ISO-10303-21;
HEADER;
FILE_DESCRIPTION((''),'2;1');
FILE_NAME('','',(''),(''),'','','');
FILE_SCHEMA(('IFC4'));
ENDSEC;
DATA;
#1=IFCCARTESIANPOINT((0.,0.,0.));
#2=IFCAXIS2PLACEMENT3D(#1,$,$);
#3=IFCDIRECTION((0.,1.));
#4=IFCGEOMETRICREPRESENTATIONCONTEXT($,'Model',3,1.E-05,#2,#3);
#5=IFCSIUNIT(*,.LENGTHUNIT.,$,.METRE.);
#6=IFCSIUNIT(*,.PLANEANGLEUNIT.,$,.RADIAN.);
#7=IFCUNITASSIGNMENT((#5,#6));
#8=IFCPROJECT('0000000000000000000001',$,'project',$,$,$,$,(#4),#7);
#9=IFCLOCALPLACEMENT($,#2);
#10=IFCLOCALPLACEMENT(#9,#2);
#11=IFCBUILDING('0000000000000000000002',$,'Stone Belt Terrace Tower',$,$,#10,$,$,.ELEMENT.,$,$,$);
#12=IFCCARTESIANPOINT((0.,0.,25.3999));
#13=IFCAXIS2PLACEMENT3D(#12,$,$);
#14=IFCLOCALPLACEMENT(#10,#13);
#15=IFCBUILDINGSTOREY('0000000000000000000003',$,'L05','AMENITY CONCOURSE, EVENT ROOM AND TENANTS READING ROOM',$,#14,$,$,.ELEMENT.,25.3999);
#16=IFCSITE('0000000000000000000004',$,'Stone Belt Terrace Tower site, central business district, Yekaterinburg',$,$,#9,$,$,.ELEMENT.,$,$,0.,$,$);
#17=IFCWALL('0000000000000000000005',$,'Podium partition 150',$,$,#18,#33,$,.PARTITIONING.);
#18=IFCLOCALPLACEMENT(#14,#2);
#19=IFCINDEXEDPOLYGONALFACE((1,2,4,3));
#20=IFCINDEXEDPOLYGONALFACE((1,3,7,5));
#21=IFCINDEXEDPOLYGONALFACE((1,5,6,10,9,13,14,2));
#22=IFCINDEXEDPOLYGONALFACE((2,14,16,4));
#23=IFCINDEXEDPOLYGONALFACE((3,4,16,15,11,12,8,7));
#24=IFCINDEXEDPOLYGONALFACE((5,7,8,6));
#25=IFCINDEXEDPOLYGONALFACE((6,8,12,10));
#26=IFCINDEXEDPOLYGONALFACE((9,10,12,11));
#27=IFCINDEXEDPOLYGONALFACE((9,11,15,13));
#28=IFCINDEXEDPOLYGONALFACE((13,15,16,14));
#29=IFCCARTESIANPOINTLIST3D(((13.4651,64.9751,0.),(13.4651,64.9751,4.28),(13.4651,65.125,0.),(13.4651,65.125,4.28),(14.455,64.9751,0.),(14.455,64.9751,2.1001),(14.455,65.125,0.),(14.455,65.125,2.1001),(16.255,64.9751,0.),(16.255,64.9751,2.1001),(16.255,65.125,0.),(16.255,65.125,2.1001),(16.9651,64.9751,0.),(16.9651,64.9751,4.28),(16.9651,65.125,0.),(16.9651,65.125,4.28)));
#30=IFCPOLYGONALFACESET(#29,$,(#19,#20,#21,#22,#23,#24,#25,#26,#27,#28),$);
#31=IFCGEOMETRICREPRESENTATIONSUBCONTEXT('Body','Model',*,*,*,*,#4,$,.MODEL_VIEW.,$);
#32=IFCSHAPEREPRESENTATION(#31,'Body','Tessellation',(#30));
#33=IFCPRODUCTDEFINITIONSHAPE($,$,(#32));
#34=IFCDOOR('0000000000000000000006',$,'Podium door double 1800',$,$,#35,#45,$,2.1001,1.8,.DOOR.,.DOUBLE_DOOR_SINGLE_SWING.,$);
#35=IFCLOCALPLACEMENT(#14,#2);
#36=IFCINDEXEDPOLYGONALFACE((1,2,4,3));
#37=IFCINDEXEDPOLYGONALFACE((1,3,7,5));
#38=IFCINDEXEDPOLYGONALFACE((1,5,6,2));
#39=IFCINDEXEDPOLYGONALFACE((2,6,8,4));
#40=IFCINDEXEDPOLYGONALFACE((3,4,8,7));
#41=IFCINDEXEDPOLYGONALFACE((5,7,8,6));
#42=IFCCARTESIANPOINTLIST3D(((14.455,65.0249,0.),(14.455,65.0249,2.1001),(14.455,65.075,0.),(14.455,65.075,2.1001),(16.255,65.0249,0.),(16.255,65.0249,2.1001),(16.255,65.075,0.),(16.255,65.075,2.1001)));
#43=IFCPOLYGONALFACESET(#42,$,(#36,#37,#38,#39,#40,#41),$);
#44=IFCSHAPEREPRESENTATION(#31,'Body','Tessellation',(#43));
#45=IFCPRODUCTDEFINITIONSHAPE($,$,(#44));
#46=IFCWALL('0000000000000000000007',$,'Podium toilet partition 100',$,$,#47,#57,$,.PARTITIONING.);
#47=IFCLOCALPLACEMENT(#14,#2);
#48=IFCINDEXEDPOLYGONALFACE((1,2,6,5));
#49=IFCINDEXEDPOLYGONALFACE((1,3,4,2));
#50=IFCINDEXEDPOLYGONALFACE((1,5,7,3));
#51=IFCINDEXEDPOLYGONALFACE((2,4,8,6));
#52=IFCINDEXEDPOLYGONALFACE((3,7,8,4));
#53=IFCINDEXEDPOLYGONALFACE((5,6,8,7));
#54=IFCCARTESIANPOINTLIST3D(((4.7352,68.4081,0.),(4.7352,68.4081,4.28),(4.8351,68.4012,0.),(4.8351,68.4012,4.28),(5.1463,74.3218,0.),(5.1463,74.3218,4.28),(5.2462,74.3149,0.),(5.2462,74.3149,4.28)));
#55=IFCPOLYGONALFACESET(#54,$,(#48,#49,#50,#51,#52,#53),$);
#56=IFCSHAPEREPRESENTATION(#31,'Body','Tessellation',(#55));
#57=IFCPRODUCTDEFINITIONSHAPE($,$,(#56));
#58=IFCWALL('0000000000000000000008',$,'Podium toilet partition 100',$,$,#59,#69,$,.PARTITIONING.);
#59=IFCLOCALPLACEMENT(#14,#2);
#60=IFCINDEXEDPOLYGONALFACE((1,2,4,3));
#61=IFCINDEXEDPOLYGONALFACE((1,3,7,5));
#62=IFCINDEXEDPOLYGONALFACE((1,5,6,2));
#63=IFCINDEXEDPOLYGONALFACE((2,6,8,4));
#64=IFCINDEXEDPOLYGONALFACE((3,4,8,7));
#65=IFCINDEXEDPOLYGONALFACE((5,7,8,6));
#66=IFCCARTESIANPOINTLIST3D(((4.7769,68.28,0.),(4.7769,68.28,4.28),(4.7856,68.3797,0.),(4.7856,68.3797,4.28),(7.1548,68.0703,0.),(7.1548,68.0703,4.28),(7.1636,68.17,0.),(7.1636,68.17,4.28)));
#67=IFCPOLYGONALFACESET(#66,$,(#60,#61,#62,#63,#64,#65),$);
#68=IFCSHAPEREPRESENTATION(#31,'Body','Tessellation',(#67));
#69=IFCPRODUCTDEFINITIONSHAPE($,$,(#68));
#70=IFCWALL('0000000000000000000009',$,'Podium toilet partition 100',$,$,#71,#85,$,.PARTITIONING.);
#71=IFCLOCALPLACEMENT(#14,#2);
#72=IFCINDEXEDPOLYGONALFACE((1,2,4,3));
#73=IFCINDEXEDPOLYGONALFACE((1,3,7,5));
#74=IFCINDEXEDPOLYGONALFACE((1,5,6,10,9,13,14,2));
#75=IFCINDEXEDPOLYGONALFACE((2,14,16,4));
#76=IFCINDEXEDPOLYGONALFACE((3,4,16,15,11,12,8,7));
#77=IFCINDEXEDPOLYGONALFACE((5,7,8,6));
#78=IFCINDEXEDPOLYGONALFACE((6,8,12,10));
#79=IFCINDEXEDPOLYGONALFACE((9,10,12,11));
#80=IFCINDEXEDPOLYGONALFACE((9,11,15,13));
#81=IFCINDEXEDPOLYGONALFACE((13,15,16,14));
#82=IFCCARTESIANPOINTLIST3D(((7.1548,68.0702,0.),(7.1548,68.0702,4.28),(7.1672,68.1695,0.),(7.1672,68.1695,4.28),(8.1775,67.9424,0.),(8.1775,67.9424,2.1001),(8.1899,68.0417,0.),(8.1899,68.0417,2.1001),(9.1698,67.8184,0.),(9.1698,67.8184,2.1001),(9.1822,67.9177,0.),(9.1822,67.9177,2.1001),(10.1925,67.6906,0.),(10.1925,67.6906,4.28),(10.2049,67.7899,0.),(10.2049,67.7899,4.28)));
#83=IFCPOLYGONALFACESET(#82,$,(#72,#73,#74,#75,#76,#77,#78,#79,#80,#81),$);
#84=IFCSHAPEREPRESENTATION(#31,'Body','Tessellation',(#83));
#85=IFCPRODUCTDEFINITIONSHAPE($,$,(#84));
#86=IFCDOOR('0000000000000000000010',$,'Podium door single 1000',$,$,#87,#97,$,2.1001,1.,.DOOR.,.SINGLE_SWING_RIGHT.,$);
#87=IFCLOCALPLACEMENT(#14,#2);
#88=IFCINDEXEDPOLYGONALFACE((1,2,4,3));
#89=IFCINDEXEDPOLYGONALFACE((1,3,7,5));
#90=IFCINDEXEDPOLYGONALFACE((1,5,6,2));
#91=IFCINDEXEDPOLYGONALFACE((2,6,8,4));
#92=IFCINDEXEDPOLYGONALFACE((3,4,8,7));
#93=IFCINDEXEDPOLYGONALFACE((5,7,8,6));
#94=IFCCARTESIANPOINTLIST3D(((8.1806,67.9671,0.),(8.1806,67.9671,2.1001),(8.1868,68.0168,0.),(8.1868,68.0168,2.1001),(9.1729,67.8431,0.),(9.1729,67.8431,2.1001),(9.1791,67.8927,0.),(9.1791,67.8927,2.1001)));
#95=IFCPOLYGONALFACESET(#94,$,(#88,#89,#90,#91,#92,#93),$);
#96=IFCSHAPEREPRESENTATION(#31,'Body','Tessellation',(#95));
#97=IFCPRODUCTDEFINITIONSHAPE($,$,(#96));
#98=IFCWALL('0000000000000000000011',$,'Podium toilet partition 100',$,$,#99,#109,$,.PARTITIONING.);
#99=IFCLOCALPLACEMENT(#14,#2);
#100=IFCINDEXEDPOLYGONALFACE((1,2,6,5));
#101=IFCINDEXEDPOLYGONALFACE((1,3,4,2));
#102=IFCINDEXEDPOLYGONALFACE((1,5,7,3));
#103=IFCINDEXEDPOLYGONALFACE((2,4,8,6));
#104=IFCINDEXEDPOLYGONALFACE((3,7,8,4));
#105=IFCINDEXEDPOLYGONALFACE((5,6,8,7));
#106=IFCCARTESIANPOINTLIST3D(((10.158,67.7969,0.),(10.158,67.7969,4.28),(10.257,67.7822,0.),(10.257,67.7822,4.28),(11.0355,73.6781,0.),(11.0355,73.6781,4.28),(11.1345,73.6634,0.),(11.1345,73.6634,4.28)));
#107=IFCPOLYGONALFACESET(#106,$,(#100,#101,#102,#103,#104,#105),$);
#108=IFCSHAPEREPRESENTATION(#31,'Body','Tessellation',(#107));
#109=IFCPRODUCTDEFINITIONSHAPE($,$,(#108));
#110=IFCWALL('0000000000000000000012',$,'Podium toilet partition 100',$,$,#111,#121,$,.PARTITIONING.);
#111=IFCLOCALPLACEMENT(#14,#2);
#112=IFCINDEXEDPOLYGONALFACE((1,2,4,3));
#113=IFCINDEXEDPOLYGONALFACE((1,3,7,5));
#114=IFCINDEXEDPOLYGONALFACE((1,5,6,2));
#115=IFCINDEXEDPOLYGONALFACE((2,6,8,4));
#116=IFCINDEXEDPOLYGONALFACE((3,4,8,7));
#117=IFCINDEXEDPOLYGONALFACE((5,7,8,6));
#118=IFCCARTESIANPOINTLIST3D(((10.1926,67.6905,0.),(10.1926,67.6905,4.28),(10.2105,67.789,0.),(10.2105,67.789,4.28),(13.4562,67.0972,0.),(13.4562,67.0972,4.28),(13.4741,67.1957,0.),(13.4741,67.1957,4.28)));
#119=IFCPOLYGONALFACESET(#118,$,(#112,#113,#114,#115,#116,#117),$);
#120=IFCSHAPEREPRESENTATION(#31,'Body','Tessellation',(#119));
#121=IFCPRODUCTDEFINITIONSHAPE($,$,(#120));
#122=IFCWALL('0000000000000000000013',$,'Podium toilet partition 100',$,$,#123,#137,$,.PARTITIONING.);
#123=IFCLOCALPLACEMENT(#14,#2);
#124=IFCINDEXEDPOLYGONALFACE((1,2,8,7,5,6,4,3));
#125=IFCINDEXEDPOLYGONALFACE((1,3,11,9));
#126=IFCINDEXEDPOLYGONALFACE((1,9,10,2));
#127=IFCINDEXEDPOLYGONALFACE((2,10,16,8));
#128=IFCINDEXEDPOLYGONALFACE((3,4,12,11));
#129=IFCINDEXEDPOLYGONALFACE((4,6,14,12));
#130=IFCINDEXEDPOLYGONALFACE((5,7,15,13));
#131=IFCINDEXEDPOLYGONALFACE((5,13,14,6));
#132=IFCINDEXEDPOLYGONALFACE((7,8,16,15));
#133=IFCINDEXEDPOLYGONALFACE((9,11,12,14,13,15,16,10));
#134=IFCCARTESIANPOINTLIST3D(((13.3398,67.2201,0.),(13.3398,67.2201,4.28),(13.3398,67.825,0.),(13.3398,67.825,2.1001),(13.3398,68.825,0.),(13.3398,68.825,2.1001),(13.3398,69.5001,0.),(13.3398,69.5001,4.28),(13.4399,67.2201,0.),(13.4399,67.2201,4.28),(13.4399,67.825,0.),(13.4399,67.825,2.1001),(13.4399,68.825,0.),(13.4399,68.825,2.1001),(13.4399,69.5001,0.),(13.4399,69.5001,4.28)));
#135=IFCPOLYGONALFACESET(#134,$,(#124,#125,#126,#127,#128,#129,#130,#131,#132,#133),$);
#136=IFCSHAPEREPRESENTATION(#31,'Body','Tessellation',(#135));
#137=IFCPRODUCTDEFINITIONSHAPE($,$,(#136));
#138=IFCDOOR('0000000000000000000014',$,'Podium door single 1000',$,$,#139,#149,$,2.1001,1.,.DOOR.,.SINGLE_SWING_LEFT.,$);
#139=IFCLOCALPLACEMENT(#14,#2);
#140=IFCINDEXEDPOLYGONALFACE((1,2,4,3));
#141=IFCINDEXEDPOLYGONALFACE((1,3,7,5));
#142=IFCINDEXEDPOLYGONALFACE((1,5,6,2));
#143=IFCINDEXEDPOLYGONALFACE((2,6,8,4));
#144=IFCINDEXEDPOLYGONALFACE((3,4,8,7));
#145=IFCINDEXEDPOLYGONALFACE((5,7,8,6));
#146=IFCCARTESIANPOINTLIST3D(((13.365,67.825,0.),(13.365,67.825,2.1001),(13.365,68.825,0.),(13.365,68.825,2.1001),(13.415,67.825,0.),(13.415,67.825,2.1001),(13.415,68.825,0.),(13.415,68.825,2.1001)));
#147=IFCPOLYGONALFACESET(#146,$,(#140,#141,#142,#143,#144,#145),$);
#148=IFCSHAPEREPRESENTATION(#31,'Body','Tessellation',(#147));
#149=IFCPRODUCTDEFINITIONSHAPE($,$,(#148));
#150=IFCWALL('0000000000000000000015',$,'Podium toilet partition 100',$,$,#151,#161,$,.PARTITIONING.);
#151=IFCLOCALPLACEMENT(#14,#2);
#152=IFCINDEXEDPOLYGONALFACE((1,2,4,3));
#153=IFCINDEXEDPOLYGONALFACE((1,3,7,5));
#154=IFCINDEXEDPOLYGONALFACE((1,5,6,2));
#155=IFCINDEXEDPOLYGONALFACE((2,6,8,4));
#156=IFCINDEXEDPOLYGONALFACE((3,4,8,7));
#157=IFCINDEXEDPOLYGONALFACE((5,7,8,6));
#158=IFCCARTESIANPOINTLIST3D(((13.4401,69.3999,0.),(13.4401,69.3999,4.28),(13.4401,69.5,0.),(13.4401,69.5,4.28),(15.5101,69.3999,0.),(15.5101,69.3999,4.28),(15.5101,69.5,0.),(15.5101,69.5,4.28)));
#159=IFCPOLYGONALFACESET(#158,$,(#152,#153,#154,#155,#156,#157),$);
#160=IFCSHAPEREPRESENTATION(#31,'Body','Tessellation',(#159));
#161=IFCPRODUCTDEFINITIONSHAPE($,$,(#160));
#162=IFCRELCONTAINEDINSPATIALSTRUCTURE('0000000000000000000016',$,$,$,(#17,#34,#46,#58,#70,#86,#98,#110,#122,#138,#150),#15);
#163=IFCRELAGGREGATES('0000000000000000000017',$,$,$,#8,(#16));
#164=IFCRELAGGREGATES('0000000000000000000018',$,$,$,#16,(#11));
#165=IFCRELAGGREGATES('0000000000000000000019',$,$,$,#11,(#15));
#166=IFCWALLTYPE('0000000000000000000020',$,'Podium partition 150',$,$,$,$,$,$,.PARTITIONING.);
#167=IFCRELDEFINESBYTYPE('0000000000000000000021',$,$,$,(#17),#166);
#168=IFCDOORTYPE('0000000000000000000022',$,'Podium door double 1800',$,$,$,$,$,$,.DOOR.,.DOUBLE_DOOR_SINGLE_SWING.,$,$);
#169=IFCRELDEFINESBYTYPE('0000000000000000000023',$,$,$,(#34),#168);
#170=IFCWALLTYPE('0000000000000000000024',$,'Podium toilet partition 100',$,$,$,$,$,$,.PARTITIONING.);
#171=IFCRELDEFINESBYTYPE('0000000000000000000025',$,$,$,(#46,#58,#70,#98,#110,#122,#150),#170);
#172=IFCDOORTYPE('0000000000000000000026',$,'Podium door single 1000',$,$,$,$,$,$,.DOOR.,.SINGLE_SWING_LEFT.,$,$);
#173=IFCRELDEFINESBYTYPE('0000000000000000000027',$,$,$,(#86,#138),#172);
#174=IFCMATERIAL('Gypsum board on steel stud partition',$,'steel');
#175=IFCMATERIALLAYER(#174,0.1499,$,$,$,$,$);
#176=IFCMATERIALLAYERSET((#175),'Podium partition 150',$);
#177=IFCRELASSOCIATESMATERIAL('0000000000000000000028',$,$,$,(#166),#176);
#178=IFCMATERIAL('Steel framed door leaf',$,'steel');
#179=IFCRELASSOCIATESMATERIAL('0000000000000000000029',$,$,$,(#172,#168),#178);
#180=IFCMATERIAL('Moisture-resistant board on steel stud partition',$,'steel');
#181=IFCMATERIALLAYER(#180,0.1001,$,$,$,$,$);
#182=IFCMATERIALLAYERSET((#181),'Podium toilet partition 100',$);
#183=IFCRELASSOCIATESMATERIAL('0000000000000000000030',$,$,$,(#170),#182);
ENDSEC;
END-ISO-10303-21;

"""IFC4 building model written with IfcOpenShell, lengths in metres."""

from ifc_helpers import new_model, si_unit, direction, frame, frame_2d, origin, place, context, subcontext, project, spatial, rectangle, extrude, material, layer, layer_set, type_object, element, fill, save


model = new_model("IFC4")

# Units and contexts
model_context = context("Model", 3, precision=1e-05, world=origin(), true_north=direction((0.0, 1.0)))
body_context = subcontext(model_context, "Body", "Model", "MODEL_VIEW")
ifc_project = project(units=[si_unit("LENGTHUNIT", "METRE"), si_unit("PLANEANGLEUNIT", "RADIAN")], contexts=[model_context])

# Site, building, storey
site_placement = place(None, origin())
site = spatial("IfcSite", under=ifc_project, at=site_placement, Name="Stone Belt Terrace Tower site, central business district, Yekaterinburg", CompositionType="ELEMENT", RefElevation=0.0)
building_placement = place(site_placement, origin())
building = spatial("IfcBuilding", under=site, at=building_placement, Name="Stone Belt Terrace Tower", CompositionType="ELEMENT")
storey_placement = place(building_placement, frame((0.0, 0.0, 25.3999)))
storey = spatial("IfcBuildingStorey", under=building, at=storey_placement, Name="L05", Description="AMENITY CONCOURSE, EVENT ROOM AND TENANTS READING ROOM", CompositionType="ELEMENT", Elevation=25.3999)

# Shared definitions
ifc_material_1 = material(Name="Gypsum board on steel stud partition", Category="steel")
ifc_layer_1 = layer(ifc_material_1, 0.1499)
ifc_layer_set_1 = layer_set([ifc_layer_1], Name="Podium partition 150")
wall_type_1 = type_object("IfcWallType", Name="Podium partition 150", PredefinedType="PARTITIONING", material=ifc_layer_set_1)

# Shared definitions
ifc_material_2 = material(Name="Steel framed door leaf", Category="steel")
door_type_1 = type_object("IfcDoorType", Name="Podium door single 1000", OperationType="SINGLE_SWING_LEFT", PredefinedType="DOOR", material=ifc_material_2)

# Wall, opening, door
wall_1_placement = place(storey_placement, frame((13.4651, 65.05, 0.0), z_axis=(0.0, 0.0, 1.0), x_axis=(1.0, 0.0, 0.0)))
wall_1 = element("IfcWall", 1, at=wall_1_placement, inside=storey, type_object=wall_type_1, Name="Podium partition 150", PredefinedType="PARTITIONING", context=body_context, shape_type="SweptSolid", body=[
    extrude(rectangle(XDim=3.5, YDim=0.1499, at=frame_2d((1.75, 0.0))), origin(), (0.0, 0.0, 1.0), 4.28),
])
opening_1_placement = place(wall_1_placement, frame((0.99, 0.0, 0.0)))
opening_1 = element("IfcOpeningElement", 2, at=opening_1_placement, cuts=wall_1, PredefinedType="OPENING", context=body_context, shape_type="SweptSolid", body=[
    extrude(rectangle(XDim=1.8, YDim=2.1001, at=frame_2d((0.8999, 1.05))), frame((0.0, 0.085, 0.0), z_axis=(0.0, -1.0, 0.0), x_axis=(1.0, 0.0, 0.0)), (0.0, 0.0, 1.0), 0.1699),
])
door_type_2 = type_object("IfcDoorType", Name="Podium door double 1800", OperationType="DOUBLE_DOOR_SINGLE_SWING", PredefinedType="DOOR", material=ifc_material_2)
door_1_placement = place(opening_1_placement, origin())
door_1 = element("IfcDoor", 3, at=door_1_placement, inside=storey, type_object=door_type_2, Name="Podium door double 1800", OperationType="DOUBLE_DOOR_SINGLE_SWING", OverallHeight=2.1001, OverallWidth=1.8, PredefinedType="DOOR", context=body_context, shape_type="SweptSolid", body=[
    extrude(rectangle(XDim=1.8, YDim=2.1001, at=frame_2d((0.8999, 1.05))), frame((0.0, 0.0249, 0.0), z_axis=(0.0, -1.0, 0.0), x_axis=(1.0, 0.0, 0.0)), (0.0, 0.0, 1.0), 0.05),
])
fill(opening_1, door_1)

# Walls
ifc_material_3 = material(Name="Moisture-resistant board on steel stud partition", Category="steel")
ifc_layer_2 = layer(ifc_material_3, 0.1001)
ifc_layer_set_2 = layer_set([ifc_layer_2], Name="Podium toilet partition 100")
wall_type_2 = type_object("IfcWallType", Name="Podium toilet partition 100", PredefinedType="PARTITIONING", material=ifc_layer_set_2)
wall_2_placement = place(storey_placement, frame((4.7852, 68.4048, 0.0), z_axis=(0.0, 0.0, 1.0), x_axis=(0.069353, 0.997592, 0.0)))
element("IfcWall", 4, at=wall_2_placement, inside=storey, type_object=wall_type_2, Name="Podium toilet partition 100", PredefinedType="PARTITIONING", context=body_context, shape_type="SweptSolid", body=[
    extrude(rectangle(XDim=5.928, YDim=0.1001, at=frame_2d((2.9639, 0.0))), origin(), (0.0, 0.0, 1.0), 4.28),
])
wall_3_placement = place(storey_placement, frame((4.7812, 68.3298, 0.0), z_axis=(0.0, 0.0, 1.0), x_axis=(0.996134, -0.087852, 0.0)))
element("IfcWall", 5, at=wall_3_placement, inside=storey, type_object=wall_type_2, Name="Podium toilet partition 100", PredefinedType="PARTITIONING", context=body_context, shape_type="SweptSolid", body=[
    extrude(rectangle(XDim=2.3872, YDim=0.1001, at=frame_2d((1.1936, 0.0))), origin(), (0.0, 0.0, 1.0), 4.28),
])

# Wall, opening, door
wall_4_placement = place(storey_placement, frame((7.1609, 68.1199, 0.0), z_axis=(0.0, 0.0, 1.0), x_axis=(0.99228, -0.124015, 0.0)))
wall_4 = element("IfcWall", 6, at=wall_4_placement, inside=storey, type_object=wall_type_2, Name="Podium toilet partition 100", PredefinedType="PARTITIONING", context=body_context, shape_type="SweptSolid", body=[
    extrude(rectangle(XDim=3.0613, YDim=0.1001, at=frame_2d((1.5308, 0.0))), origin(), (0.0, 0.0, 1.0), 4.28),
])
opening_2_placement = place(wall_4_placement, frame((1.0308, 0.0, 0.0)))
opening_2 = element("IfcOpeningElement", 7, at=opening_2_placement, cuts=wall_4, PredefinedType="OPENING", context=body_context, shape_type="SweptSolid", body=[
    extrude(rectangle(XDim=1.0, YDim=2.1001, at=frame_2d((0.5, 1.05))), frame((0.0, 0.0601, 0.0), z_axis=(0.0, -1.0, 0.0), x_axis=(1.0, 0.0, 0.0)), (0.0, 0.0, 1.0), 0.1201),
])
door_2_placement = place(opening_2_placement, origin())
door_2 = element("IfcDoor", 8, at=door_2_placement, inside=storey, type_object=door_type_1, Name="Podium door single 1000", OperationType="SINGLE_SWING_RIGHT", OverallHeight=2.1001, OverallWidth=1.0, PredefinedType="DOOR", context=body_context, shape_type="SweptSolid", body=[
    extrude(rectangle(XDim=1.0, YDim=2.1001, at=frame_2d((0.5, 1.05))), frame((0.0, 0.0249, 0.0), z_axis=(0.0, -1.0, 0.0), x_axis=(1.0, 0.0, 0.0)), (0.0, 0.0, 1.0), 0.05),
])
fill(opening_2, door_2)

# Walls
wall_5_placement = place(storey_placement, frame((10.2075, 67.7896, 0.0), z_axis=(0.0, 0.0, 1.0), x_axis=(0.147563, 0.989053, 0.0)))
element("IfcWall", 9, at=wall_5_placement, inside=storey, type_object=wall_type_2, Name="Podium toilet partition 100", PredefinedType="PARTITIONING", context=body_context, shape_type="SweptSolid", body=[
    extrude(rectangle(XDim=5.9463, YDim=0.1001, at=frame_2d((2.9731, 0.0))), origin(), (0.0, 0.0, 1.0), 4.28),
])
wall_6_placement = place(storey_placement, frame((10.2014, 67.7397, 0.0), z_axis=(0.0, 0.0, 1.0), x_axis=(0.983877, -0.178847, 0.0)))
element("IfcWall", 10, at=wall_6_placement, inside=storey, type_object=wall_type_2, Name="Podium toilet partition 100", PredefinedType="PARTITIONING", context=body_context, shape_type="SweptSolid", body=[
    extrude(rectangle(XDim=3.3171, YDim=0.1001, at=frame_2d((1.6587, 0.0))), origin(), (0.0, 0.0, 1.0), 4.28),
])

# Wall, opening, door
wall_7_placement = place(storey_placement, frame((13.3899, 67.22, 0.0), z_axis=(0.0, 0.0, 1.0), x_axis=(0.0, 1.0, 0.0)))
wall_7 = element("IfcWall", 11, at=wall_7_placement, inside=storey, type_object=wall_type_2, Name="Podium toilet partition 100", PredefinedType="PARTITIONING", context=body_context, shape_type="SweptSolid", body=[
    extrude(rectangle(XDim=2.28, YDim=0.1001, at=frame_2d((1.1401, 0.0))), origin(), (0.0, 0.0, 1.0), 4.28),
])
opening_3_placement = place(wall_7_placement, frame((0.605, 0.0, 0.0)))
opening_3 = element("IfcOpeningElement", 12, at=opening_3_placement, cuts=wall_7, PredefinedType="OPENING", context=body_context, shape_type="SweptSolid", body=[
    extrude(rectangle(XDim=1.0, YDim=2.1001, at=frame_2d((0.5, 1.05))), frame((0.0, 0.0601, 0.0), z_axis=(0.0, -1.0, 0.0), x_axis=(1.0, 0.0, 0.0)), (0.0, 0.0, 1.0), 0.1201),
])
door_3_placement = place(opening_3_placement, origin())
door_3 = element("IfcDoor", 13, at=door_3_placement, inside=storey, type_object=door_type_1, Name="Podium door single 1000", OperationType="SINGLE_SWING_LEFT", OverallHeight=2.1001, OverallWidth=1.0, PredefinedType="DOOR", context=body_context, shape_type="SweptSolid", body=[
    extrude(rectangle(XDim=1.0, YDim=2.1001, at=frame_2d((0.5, 1.05))), frame((0.0, 0.0249, 0.0), z_axis=(0.0, -1.0, 0.0), x_axis=(1.0, 0.0, 0.0)), (0.0, 0.0, 1.0), 0.05),
])
fill(opening_3, door_3)

# Wall
wall_8_placement = place(storey_placement, frame((13.4399, 69.45, 0.0), z_axis=(0.0, 0.0, 1.0), x_axis=(1.0, 0.0, 0.0)))
element("IfcWall", 14, at=wall_8_placement, inside=storey, type_object=wall_type_2, Name="Podium toilet partition 100", PredefinedType="PARTITIONING", context=body_context, shape_type="SweptSolid", body=[
    extrude(rectangle(XDim=2.0701, YDim=0.1001, at=frame_2d((1.0352, 0.0))), origin(), (0.0, 0.0, 1.0), 4.28),
])

save(model, "model.ifc")
